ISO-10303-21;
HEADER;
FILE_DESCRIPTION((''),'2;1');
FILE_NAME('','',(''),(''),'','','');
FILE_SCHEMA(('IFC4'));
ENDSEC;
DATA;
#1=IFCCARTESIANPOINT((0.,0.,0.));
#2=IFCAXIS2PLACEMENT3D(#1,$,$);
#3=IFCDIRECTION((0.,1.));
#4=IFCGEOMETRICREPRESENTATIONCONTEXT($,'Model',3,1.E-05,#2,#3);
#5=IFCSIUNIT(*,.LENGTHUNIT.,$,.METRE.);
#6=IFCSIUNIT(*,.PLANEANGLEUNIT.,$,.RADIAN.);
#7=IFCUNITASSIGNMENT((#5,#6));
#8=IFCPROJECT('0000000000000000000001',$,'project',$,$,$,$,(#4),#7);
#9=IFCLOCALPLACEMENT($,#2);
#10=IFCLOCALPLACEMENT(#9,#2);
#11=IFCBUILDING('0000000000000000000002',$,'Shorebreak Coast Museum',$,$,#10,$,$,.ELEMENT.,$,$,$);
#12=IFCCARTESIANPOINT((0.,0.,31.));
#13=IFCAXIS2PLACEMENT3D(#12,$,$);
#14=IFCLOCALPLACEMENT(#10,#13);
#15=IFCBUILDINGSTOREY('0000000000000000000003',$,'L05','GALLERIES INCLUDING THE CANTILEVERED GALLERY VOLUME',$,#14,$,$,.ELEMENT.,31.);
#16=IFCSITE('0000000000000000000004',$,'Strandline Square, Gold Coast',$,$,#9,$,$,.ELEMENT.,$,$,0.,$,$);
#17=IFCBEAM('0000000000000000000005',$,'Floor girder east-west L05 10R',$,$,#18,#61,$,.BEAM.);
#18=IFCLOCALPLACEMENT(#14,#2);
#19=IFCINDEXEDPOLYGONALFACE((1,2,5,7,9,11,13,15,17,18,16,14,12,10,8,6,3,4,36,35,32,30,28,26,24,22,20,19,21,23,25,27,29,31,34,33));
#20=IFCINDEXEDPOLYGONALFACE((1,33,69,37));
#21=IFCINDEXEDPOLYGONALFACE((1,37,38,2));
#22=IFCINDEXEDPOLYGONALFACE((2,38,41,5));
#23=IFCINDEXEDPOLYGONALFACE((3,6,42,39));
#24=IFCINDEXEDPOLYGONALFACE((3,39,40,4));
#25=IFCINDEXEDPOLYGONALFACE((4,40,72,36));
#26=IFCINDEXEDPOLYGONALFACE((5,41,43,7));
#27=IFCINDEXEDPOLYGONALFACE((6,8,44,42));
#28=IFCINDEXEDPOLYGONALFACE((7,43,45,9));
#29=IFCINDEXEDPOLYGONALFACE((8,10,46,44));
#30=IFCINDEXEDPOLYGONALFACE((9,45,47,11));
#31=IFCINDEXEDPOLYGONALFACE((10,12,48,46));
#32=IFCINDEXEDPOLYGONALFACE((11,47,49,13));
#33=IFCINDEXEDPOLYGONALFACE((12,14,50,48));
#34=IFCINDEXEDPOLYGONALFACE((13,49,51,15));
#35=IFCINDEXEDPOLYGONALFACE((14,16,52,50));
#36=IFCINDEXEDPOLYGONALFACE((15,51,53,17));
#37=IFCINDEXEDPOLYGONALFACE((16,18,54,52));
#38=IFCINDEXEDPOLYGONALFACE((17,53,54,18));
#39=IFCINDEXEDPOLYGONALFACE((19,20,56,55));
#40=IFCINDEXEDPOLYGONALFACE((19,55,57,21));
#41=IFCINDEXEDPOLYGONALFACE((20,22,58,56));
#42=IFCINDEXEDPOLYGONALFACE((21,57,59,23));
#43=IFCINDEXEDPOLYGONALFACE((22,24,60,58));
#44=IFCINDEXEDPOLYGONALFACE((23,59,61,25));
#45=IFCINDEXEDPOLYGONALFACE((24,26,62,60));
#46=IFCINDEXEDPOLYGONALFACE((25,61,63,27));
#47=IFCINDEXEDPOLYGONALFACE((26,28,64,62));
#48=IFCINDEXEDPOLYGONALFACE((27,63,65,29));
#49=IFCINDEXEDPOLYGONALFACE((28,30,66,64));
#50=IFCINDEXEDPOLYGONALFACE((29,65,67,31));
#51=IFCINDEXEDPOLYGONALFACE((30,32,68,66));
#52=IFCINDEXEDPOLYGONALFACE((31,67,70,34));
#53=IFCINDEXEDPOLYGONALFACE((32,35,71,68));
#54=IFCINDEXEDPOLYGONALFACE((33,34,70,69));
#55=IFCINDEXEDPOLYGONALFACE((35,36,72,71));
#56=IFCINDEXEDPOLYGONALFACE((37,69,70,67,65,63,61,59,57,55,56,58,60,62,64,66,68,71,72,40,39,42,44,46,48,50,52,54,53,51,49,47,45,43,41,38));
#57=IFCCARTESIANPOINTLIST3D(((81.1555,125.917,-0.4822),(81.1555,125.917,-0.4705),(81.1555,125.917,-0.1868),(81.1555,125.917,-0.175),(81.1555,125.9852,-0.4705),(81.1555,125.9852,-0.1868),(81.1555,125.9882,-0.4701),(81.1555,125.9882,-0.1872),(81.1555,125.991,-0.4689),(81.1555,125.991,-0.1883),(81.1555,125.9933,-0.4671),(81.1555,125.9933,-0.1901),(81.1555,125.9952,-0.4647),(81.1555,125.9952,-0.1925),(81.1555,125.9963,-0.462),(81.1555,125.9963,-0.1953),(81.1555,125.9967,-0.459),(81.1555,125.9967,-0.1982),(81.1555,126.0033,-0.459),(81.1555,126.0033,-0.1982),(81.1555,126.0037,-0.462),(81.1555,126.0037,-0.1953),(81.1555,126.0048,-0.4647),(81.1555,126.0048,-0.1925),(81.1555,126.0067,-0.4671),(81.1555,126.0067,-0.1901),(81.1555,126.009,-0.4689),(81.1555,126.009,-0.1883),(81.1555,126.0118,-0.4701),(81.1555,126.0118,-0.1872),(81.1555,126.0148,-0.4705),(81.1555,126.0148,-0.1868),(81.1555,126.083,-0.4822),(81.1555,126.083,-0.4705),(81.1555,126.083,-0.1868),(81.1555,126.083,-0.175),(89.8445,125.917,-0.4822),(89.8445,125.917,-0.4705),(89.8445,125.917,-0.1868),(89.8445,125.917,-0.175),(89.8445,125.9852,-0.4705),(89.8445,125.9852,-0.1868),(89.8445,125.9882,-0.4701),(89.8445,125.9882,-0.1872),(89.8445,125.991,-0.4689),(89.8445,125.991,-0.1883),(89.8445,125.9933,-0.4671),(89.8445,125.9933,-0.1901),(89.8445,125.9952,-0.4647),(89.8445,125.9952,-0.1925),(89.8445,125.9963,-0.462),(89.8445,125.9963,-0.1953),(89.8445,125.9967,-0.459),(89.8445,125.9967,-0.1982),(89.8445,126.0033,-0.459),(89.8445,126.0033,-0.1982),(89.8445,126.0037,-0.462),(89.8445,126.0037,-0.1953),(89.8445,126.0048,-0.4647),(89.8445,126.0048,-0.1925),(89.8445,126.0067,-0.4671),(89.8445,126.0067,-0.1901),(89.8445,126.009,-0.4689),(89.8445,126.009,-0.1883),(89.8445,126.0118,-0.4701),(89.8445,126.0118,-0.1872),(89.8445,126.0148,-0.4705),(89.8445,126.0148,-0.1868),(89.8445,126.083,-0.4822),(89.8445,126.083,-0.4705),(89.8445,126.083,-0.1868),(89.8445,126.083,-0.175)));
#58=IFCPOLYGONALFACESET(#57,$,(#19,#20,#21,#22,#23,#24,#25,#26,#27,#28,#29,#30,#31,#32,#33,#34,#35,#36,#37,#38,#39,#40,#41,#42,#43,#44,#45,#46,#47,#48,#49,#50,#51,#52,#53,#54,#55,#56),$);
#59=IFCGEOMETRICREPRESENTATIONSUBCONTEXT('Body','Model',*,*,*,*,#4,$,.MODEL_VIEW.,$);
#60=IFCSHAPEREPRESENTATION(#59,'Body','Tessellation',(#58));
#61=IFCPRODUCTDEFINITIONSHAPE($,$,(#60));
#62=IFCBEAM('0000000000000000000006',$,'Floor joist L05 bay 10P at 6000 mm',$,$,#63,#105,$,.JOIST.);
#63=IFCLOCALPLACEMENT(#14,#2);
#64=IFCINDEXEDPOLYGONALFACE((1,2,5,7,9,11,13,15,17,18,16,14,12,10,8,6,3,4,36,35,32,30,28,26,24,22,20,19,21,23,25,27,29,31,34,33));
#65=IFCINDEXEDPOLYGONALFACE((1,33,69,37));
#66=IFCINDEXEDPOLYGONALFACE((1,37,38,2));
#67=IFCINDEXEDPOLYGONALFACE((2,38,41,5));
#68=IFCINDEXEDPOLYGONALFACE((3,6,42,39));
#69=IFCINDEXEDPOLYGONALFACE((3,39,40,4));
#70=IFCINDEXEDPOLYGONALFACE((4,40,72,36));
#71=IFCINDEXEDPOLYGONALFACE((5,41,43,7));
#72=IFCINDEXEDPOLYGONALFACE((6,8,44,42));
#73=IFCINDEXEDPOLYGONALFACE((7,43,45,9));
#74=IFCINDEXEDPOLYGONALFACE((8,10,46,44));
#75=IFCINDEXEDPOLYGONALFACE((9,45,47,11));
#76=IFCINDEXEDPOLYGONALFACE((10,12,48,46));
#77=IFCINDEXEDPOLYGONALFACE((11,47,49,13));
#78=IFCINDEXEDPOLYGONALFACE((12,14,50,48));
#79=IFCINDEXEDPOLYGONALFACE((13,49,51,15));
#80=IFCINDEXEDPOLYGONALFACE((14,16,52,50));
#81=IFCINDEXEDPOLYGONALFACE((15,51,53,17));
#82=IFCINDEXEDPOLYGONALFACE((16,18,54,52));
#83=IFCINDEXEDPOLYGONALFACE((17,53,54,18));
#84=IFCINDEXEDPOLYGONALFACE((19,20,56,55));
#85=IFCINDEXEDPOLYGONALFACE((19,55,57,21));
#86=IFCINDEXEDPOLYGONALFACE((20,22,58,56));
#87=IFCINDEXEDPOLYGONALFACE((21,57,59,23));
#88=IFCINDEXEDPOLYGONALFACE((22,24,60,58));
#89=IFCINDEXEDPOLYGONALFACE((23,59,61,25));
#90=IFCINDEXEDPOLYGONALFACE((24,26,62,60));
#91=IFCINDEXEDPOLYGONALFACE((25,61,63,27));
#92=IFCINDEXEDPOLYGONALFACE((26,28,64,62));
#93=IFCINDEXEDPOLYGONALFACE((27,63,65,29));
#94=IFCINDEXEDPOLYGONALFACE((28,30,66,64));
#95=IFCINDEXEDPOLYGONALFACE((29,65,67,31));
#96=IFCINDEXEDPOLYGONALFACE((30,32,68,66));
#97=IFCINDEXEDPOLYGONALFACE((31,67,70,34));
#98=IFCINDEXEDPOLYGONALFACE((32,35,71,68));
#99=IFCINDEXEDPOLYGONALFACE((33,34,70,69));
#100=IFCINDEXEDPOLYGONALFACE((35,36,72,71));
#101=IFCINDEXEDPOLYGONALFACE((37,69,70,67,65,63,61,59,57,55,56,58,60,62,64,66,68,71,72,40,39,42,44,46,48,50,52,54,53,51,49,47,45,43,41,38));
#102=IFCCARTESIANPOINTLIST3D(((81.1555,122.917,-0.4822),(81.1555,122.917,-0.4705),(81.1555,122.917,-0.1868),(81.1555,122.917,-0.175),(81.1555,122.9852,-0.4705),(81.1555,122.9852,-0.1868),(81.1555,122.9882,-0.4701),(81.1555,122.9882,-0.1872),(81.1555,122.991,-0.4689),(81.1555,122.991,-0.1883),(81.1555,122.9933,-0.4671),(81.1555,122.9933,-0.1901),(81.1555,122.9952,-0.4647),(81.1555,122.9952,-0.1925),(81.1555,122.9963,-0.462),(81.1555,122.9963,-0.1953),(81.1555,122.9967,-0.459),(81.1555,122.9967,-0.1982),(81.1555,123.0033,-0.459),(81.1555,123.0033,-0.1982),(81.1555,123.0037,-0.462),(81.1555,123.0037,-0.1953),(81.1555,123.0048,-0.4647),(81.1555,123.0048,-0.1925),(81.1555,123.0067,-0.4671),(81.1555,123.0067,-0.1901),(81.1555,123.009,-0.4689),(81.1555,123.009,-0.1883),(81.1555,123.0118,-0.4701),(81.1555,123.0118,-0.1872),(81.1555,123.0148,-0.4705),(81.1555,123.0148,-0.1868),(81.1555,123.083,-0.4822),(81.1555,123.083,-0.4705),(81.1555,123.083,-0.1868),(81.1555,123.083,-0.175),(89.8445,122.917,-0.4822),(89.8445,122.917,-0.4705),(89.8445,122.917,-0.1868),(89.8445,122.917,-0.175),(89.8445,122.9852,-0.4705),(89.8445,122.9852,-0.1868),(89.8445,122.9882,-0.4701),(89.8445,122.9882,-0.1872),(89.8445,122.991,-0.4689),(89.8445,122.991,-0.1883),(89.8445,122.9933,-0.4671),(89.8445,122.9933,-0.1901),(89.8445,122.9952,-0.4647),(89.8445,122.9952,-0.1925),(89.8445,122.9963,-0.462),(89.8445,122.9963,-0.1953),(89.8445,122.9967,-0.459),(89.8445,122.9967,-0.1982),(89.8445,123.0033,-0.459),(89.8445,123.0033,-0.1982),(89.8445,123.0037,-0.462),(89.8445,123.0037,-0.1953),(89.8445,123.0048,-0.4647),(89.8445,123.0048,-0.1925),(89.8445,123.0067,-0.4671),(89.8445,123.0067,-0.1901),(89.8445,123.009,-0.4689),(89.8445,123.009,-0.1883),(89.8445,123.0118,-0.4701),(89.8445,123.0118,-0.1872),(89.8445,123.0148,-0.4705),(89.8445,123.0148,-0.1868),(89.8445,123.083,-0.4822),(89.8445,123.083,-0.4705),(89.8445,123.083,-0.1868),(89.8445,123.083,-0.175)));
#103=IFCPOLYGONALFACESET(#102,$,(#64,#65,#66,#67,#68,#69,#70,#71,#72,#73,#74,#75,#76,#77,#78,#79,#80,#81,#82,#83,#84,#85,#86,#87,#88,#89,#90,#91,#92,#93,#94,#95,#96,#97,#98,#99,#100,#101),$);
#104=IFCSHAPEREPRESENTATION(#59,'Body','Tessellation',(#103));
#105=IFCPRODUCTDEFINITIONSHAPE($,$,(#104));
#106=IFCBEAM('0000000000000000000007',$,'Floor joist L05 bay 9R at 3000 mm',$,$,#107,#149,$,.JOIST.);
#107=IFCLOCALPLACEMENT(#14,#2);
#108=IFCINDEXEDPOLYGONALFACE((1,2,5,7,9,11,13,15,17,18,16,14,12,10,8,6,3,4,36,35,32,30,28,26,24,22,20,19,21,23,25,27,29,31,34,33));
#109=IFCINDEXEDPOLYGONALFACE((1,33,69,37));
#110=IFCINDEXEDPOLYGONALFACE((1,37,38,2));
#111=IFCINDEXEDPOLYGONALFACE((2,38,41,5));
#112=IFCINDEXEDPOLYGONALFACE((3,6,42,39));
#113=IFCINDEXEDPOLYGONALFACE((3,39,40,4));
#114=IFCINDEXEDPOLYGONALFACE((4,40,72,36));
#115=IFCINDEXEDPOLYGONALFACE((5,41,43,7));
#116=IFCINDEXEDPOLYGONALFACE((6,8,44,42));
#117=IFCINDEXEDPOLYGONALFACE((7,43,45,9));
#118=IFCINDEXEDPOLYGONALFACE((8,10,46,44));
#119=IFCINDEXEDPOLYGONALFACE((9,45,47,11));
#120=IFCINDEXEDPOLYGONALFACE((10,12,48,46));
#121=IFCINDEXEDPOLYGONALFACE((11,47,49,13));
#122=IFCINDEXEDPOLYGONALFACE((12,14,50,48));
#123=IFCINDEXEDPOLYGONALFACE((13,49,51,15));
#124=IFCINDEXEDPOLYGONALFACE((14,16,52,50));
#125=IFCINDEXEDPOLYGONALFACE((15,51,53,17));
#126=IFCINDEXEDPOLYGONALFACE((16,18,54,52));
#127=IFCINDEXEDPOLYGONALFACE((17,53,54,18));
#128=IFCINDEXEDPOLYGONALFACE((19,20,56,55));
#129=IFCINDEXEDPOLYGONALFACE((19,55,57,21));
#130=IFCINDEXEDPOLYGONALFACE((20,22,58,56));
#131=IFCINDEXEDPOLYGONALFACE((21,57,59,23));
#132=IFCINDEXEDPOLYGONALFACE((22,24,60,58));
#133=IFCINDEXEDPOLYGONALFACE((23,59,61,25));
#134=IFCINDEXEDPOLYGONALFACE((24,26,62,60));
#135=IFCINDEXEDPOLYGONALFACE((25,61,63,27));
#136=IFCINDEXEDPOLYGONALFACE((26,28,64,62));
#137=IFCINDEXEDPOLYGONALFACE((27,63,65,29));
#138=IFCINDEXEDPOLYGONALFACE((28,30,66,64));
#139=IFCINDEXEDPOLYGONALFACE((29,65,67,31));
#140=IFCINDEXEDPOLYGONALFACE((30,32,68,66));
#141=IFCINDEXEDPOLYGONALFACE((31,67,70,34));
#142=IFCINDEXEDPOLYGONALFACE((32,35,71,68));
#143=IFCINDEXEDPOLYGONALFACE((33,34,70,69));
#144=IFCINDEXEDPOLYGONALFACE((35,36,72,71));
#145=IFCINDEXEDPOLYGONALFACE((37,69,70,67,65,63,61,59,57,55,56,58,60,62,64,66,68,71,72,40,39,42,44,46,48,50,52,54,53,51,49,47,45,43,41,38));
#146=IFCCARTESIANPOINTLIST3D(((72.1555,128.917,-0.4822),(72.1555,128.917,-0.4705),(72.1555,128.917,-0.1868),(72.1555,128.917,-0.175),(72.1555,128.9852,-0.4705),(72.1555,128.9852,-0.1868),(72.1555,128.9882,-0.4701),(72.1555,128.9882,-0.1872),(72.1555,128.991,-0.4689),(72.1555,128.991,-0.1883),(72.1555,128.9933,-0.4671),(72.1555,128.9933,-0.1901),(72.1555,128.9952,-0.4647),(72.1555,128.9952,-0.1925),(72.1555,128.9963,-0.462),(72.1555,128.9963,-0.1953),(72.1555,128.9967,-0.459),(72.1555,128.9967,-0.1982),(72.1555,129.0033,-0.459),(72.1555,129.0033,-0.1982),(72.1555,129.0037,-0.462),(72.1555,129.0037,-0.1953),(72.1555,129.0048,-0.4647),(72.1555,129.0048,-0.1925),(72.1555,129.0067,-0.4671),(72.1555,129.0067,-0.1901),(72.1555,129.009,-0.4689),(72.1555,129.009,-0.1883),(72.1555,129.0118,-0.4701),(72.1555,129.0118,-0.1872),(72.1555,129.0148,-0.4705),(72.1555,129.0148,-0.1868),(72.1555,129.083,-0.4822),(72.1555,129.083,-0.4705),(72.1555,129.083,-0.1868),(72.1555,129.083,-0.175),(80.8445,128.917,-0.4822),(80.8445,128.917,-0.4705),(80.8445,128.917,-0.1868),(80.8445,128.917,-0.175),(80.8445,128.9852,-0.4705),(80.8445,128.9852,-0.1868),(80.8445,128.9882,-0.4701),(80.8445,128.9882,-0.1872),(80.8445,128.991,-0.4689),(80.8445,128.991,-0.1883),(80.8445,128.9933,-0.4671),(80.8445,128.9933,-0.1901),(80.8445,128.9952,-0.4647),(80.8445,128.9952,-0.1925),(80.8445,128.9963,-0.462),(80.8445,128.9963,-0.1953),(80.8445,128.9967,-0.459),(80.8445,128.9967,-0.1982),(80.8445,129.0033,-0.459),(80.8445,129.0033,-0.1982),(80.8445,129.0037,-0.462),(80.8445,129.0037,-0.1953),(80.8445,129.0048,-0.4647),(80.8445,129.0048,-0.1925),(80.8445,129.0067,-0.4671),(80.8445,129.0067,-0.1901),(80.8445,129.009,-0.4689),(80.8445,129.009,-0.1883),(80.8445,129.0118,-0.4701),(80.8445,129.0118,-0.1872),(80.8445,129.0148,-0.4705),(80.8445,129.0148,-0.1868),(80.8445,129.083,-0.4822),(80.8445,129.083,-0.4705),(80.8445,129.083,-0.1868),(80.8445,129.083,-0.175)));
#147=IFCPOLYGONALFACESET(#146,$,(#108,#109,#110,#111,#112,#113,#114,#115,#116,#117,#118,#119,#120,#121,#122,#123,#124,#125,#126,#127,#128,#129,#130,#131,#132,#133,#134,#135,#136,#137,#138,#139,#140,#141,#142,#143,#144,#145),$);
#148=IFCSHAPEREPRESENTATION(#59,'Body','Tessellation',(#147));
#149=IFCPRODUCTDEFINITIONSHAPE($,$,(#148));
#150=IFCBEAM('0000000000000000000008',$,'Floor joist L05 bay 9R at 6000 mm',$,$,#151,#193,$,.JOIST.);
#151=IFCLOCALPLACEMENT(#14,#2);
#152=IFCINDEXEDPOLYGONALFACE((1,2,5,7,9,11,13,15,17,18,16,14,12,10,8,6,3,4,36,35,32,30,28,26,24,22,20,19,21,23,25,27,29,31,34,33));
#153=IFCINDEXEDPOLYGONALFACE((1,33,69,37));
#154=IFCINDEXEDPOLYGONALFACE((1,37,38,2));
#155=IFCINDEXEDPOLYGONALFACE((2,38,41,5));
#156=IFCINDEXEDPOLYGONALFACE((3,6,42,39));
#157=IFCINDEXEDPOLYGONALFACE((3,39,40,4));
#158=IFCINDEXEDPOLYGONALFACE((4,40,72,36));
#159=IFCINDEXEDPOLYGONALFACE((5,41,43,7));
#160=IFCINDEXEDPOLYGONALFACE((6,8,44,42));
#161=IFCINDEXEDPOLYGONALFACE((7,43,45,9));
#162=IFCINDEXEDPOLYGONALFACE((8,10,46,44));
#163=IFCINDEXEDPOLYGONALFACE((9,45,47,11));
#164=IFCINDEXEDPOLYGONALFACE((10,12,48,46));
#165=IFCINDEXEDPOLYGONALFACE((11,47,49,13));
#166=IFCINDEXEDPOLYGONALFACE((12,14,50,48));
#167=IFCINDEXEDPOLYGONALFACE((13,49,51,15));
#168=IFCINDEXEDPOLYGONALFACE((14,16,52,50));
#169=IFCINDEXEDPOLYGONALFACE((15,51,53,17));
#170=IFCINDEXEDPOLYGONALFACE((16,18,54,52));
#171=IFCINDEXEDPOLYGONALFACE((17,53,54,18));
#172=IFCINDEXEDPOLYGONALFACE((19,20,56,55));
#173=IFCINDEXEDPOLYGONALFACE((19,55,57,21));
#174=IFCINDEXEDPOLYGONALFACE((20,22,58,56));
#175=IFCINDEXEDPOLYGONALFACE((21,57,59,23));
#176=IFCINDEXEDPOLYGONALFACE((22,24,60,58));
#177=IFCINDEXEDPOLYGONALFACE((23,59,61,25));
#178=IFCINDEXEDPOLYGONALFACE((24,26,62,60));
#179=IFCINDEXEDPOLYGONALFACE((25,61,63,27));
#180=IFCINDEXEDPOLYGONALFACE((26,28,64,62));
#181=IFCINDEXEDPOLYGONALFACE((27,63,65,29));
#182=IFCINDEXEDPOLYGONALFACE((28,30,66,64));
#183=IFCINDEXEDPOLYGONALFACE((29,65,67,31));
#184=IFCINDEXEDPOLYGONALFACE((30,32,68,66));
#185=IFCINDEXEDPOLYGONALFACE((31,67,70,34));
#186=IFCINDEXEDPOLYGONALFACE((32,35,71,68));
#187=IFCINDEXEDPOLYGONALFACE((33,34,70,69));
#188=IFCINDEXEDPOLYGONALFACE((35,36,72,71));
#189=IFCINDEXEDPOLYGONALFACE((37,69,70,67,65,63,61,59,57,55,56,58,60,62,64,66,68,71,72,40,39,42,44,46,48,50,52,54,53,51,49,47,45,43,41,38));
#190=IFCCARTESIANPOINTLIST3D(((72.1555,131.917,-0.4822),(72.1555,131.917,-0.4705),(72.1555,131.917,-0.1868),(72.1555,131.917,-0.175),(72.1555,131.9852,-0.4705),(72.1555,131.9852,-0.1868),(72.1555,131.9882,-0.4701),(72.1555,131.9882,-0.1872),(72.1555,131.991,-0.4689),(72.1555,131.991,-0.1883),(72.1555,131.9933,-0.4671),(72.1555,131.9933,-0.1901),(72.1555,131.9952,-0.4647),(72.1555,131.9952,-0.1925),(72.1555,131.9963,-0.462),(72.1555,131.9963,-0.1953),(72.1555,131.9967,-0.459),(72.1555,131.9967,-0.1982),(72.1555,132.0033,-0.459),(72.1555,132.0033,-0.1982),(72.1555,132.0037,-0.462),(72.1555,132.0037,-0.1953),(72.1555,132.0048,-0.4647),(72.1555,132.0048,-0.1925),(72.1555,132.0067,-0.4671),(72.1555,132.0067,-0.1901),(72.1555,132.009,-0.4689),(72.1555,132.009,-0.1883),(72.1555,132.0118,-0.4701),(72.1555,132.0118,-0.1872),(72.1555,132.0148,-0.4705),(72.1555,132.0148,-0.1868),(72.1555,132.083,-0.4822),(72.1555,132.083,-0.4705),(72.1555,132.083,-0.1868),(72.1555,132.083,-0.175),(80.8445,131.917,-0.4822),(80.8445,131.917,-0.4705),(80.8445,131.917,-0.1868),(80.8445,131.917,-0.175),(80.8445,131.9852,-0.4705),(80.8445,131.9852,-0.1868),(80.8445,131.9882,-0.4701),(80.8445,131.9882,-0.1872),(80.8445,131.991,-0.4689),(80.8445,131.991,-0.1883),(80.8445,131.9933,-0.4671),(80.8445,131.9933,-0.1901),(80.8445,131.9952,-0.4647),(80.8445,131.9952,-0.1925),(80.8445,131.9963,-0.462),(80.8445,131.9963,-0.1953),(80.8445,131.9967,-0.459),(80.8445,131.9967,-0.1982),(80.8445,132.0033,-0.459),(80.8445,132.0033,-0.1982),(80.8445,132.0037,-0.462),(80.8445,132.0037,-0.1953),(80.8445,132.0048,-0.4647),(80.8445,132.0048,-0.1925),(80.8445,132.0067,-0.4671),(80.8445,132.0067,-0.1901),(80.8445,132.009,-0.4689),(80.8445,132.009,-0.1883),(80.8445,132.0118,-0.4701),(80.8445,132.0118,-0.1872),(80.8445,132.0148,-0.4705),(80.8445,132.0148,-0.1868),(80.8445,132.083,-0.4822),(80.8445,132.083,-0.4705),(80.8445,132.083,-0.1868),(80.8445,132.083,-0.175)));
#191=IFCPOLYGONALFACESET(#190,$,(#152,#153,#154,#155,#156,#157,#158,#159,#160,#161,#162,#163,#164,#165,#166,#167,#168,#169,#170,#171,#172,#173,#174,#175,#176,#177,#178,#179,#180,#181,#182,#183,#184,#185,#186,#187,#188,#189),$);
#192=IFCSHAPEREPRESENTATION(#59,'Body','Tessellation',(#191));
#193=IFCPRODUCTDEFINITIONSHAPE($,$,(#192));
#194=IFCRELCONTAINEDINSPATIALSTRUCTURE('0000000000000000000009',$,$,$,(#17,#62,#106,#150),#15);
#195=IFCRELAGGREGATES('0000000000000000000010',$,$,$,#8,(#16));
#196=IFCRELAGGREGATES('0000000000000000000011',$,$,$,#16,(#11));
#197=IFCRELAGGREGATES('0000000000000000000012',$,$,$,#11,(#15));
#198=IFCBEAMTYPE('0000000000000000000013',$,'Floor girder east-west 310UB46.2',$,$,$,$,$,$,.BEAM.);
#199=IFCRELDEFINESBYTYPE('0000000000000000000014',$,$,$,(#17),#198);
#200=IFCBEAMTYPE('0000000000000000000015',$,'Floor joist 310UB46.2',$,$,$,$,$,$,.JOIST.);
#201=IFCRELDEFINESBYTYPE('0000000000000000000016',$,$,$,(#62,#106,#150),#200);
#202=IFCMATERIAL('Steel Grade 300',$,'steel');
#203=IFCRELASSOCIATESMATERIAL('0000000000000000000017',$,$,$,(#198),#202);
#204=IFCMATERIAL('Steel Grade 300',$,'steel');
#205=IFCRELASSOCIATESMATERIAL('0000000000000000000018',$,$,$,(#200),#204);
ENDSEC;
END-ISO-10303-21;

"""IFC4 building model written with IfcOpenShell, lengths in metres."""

from ifc_helpers import new_model, si_unit, direction, frame, origin, origin_2d, place, context, subcontext, project, spatial, i_section, extrude, material, material_profile, profile_set, type_object, element, save


model = new_model("IFC4")

# Units and contexts
model_context = context("Model", 3, precision=1e-05, world=origin(), true_north=direction((0.0, 1.0)))
body_context = subcontext(model_context, "Body", "Model", "MODEL_VIEW")
ifc_project = project(units=[si_unit("LENGTHUNIT", "METRE"), si_unit("PLANEANGLEUNIT", "RADIAN")], contexts=[model_context])

# Site, building, storey
site_placement = place(None, origin())
site = spatial("IfcSite", under=ifc_project, at=site_placement, Name="Strandline Square, Gold Coast", CompositionType="ELEMENT", RefElevation=0.0)
building_placement = place(site_placement, origin())
building = spatial("IfcBuilding", under=site, at=building_placement, Name="Shorebreak Coast Museum", CompositionType="ELEMENT")
storey_placement = place(building_placement, frame((0.0, 0.0, 31.0)))
storey = spatial("IfcBuildingStorey", under=building, at=storey_placement, Name="L05", Description="GALLERIES INCLUDING THE CANTILEVERED GALLERY VOLUME", CompositionType="ELEMENT", Elevation=31.0)

# Beams
ifc_material_1 = material(Name="Steel Grade 300", Category="steel")
ifc_material_profile_1 = material_profile(ifc_material_1, i_section(OverallWidth=0.166, OverallDepth=0.3071, WebThickness=0.0066, FlangeThickness=0.0117, FilletRadius=0.0115, at=origin_2d()), Name="310UB46.2")
ifc_profile_set_1 = profile_set([ifc_material_profile_1], Name="Steel Grade 300")
beam_type_1 = type_object("IfcBeamType", Name="Floor girder east-west 310UB46.2", PredefinedType="BEAM", material=ifc_profile_set_1)
for number, where, z_axis, x_axis, name in (
    (1, (81.1555, 126.0, -0.3286), (1.0, 0.0, 0.0), (0.0, 1.0, 0.0), "Floor girder east-west L05 10R"),
):
    element("IfcBeam", number, at=place(storey_placement, frame(where, z_axis=z_axis, x_axis=x_axis)), inside=storey, type_object=beam_type_1, Name=name, PredefinedType="BEAM", context=body_context, shape_type="SweptSolid", body=[
        extrude(i_section(OverallWidth=0.166, OverallDepth=0.3071, WebThickness=0.0066, FlangeThickness=0.0117, FilletRadius=0.0115, at=origin_2d()), origin(), (0.0, 0.0, 1.0), 8.689),
    ])
ifc_material_2 = material(Name="Steel Grade 300", Category="steel")
ifc_material_profile_2 = material_profile(ifc_material_2, i_section(OverallWidth=0.166, OverallDepth=0.3071, WebThickness=0.0066, FlangeThickness=0.0117, FilletRadius=0.0115, at=origin_2d()), Name="310UB46.2")
ifc_profile_set_2 = profile_set([ifc_material_profile_2], Name="Steel Grade 300")
beam_type_2 = type_object("IfcBeamType", Name="Floor joist 310UB46.2", PredefinedType="JOIST", material=ifc_profile_set_2)
for number, where, z_axis, x_axis, name in (
    (2, (81.1555, 123.0, -0.3286), (1.0, 0.0, 0.0), (0.0, 1.0, 0.0), "Floor joist L05 bay 10P at 6000 mm"),
    (3, (72.1555, 129.0, -0.3286), (1.0, 0.0, 0.0), (0.0, 1.0, 0.0), "Floor joist L05 bay 9R at 3000 mm"),
    (4, (72.1555, 132.0, -0.3286), (1.0, 0.0, 0.0), (0.0, 1.0, 0.0), "Floor joist L05 bay 9R at 6000 mm"),
):
    element("IfcBeam", number, at=place(storey_placement, frame(where, z_axis=z_axis, x_axis=x_axis)), inside=storey, type_object=beam_type_2, Name=name, PredefinedType="JOIST", context=body_context, shape_type="SweptSolid", body=[
        extrude(i_section(OverallWidth=0.166, OverallDepth=0.3071, WebThickness=0.0066, FlangeThickness=0.0117, FilletRadius=0.0115, at=origin_2d()), origin(), (0.0, 0.0, 1.0), 8.689),
    ])

save(model, "model.ifc")
